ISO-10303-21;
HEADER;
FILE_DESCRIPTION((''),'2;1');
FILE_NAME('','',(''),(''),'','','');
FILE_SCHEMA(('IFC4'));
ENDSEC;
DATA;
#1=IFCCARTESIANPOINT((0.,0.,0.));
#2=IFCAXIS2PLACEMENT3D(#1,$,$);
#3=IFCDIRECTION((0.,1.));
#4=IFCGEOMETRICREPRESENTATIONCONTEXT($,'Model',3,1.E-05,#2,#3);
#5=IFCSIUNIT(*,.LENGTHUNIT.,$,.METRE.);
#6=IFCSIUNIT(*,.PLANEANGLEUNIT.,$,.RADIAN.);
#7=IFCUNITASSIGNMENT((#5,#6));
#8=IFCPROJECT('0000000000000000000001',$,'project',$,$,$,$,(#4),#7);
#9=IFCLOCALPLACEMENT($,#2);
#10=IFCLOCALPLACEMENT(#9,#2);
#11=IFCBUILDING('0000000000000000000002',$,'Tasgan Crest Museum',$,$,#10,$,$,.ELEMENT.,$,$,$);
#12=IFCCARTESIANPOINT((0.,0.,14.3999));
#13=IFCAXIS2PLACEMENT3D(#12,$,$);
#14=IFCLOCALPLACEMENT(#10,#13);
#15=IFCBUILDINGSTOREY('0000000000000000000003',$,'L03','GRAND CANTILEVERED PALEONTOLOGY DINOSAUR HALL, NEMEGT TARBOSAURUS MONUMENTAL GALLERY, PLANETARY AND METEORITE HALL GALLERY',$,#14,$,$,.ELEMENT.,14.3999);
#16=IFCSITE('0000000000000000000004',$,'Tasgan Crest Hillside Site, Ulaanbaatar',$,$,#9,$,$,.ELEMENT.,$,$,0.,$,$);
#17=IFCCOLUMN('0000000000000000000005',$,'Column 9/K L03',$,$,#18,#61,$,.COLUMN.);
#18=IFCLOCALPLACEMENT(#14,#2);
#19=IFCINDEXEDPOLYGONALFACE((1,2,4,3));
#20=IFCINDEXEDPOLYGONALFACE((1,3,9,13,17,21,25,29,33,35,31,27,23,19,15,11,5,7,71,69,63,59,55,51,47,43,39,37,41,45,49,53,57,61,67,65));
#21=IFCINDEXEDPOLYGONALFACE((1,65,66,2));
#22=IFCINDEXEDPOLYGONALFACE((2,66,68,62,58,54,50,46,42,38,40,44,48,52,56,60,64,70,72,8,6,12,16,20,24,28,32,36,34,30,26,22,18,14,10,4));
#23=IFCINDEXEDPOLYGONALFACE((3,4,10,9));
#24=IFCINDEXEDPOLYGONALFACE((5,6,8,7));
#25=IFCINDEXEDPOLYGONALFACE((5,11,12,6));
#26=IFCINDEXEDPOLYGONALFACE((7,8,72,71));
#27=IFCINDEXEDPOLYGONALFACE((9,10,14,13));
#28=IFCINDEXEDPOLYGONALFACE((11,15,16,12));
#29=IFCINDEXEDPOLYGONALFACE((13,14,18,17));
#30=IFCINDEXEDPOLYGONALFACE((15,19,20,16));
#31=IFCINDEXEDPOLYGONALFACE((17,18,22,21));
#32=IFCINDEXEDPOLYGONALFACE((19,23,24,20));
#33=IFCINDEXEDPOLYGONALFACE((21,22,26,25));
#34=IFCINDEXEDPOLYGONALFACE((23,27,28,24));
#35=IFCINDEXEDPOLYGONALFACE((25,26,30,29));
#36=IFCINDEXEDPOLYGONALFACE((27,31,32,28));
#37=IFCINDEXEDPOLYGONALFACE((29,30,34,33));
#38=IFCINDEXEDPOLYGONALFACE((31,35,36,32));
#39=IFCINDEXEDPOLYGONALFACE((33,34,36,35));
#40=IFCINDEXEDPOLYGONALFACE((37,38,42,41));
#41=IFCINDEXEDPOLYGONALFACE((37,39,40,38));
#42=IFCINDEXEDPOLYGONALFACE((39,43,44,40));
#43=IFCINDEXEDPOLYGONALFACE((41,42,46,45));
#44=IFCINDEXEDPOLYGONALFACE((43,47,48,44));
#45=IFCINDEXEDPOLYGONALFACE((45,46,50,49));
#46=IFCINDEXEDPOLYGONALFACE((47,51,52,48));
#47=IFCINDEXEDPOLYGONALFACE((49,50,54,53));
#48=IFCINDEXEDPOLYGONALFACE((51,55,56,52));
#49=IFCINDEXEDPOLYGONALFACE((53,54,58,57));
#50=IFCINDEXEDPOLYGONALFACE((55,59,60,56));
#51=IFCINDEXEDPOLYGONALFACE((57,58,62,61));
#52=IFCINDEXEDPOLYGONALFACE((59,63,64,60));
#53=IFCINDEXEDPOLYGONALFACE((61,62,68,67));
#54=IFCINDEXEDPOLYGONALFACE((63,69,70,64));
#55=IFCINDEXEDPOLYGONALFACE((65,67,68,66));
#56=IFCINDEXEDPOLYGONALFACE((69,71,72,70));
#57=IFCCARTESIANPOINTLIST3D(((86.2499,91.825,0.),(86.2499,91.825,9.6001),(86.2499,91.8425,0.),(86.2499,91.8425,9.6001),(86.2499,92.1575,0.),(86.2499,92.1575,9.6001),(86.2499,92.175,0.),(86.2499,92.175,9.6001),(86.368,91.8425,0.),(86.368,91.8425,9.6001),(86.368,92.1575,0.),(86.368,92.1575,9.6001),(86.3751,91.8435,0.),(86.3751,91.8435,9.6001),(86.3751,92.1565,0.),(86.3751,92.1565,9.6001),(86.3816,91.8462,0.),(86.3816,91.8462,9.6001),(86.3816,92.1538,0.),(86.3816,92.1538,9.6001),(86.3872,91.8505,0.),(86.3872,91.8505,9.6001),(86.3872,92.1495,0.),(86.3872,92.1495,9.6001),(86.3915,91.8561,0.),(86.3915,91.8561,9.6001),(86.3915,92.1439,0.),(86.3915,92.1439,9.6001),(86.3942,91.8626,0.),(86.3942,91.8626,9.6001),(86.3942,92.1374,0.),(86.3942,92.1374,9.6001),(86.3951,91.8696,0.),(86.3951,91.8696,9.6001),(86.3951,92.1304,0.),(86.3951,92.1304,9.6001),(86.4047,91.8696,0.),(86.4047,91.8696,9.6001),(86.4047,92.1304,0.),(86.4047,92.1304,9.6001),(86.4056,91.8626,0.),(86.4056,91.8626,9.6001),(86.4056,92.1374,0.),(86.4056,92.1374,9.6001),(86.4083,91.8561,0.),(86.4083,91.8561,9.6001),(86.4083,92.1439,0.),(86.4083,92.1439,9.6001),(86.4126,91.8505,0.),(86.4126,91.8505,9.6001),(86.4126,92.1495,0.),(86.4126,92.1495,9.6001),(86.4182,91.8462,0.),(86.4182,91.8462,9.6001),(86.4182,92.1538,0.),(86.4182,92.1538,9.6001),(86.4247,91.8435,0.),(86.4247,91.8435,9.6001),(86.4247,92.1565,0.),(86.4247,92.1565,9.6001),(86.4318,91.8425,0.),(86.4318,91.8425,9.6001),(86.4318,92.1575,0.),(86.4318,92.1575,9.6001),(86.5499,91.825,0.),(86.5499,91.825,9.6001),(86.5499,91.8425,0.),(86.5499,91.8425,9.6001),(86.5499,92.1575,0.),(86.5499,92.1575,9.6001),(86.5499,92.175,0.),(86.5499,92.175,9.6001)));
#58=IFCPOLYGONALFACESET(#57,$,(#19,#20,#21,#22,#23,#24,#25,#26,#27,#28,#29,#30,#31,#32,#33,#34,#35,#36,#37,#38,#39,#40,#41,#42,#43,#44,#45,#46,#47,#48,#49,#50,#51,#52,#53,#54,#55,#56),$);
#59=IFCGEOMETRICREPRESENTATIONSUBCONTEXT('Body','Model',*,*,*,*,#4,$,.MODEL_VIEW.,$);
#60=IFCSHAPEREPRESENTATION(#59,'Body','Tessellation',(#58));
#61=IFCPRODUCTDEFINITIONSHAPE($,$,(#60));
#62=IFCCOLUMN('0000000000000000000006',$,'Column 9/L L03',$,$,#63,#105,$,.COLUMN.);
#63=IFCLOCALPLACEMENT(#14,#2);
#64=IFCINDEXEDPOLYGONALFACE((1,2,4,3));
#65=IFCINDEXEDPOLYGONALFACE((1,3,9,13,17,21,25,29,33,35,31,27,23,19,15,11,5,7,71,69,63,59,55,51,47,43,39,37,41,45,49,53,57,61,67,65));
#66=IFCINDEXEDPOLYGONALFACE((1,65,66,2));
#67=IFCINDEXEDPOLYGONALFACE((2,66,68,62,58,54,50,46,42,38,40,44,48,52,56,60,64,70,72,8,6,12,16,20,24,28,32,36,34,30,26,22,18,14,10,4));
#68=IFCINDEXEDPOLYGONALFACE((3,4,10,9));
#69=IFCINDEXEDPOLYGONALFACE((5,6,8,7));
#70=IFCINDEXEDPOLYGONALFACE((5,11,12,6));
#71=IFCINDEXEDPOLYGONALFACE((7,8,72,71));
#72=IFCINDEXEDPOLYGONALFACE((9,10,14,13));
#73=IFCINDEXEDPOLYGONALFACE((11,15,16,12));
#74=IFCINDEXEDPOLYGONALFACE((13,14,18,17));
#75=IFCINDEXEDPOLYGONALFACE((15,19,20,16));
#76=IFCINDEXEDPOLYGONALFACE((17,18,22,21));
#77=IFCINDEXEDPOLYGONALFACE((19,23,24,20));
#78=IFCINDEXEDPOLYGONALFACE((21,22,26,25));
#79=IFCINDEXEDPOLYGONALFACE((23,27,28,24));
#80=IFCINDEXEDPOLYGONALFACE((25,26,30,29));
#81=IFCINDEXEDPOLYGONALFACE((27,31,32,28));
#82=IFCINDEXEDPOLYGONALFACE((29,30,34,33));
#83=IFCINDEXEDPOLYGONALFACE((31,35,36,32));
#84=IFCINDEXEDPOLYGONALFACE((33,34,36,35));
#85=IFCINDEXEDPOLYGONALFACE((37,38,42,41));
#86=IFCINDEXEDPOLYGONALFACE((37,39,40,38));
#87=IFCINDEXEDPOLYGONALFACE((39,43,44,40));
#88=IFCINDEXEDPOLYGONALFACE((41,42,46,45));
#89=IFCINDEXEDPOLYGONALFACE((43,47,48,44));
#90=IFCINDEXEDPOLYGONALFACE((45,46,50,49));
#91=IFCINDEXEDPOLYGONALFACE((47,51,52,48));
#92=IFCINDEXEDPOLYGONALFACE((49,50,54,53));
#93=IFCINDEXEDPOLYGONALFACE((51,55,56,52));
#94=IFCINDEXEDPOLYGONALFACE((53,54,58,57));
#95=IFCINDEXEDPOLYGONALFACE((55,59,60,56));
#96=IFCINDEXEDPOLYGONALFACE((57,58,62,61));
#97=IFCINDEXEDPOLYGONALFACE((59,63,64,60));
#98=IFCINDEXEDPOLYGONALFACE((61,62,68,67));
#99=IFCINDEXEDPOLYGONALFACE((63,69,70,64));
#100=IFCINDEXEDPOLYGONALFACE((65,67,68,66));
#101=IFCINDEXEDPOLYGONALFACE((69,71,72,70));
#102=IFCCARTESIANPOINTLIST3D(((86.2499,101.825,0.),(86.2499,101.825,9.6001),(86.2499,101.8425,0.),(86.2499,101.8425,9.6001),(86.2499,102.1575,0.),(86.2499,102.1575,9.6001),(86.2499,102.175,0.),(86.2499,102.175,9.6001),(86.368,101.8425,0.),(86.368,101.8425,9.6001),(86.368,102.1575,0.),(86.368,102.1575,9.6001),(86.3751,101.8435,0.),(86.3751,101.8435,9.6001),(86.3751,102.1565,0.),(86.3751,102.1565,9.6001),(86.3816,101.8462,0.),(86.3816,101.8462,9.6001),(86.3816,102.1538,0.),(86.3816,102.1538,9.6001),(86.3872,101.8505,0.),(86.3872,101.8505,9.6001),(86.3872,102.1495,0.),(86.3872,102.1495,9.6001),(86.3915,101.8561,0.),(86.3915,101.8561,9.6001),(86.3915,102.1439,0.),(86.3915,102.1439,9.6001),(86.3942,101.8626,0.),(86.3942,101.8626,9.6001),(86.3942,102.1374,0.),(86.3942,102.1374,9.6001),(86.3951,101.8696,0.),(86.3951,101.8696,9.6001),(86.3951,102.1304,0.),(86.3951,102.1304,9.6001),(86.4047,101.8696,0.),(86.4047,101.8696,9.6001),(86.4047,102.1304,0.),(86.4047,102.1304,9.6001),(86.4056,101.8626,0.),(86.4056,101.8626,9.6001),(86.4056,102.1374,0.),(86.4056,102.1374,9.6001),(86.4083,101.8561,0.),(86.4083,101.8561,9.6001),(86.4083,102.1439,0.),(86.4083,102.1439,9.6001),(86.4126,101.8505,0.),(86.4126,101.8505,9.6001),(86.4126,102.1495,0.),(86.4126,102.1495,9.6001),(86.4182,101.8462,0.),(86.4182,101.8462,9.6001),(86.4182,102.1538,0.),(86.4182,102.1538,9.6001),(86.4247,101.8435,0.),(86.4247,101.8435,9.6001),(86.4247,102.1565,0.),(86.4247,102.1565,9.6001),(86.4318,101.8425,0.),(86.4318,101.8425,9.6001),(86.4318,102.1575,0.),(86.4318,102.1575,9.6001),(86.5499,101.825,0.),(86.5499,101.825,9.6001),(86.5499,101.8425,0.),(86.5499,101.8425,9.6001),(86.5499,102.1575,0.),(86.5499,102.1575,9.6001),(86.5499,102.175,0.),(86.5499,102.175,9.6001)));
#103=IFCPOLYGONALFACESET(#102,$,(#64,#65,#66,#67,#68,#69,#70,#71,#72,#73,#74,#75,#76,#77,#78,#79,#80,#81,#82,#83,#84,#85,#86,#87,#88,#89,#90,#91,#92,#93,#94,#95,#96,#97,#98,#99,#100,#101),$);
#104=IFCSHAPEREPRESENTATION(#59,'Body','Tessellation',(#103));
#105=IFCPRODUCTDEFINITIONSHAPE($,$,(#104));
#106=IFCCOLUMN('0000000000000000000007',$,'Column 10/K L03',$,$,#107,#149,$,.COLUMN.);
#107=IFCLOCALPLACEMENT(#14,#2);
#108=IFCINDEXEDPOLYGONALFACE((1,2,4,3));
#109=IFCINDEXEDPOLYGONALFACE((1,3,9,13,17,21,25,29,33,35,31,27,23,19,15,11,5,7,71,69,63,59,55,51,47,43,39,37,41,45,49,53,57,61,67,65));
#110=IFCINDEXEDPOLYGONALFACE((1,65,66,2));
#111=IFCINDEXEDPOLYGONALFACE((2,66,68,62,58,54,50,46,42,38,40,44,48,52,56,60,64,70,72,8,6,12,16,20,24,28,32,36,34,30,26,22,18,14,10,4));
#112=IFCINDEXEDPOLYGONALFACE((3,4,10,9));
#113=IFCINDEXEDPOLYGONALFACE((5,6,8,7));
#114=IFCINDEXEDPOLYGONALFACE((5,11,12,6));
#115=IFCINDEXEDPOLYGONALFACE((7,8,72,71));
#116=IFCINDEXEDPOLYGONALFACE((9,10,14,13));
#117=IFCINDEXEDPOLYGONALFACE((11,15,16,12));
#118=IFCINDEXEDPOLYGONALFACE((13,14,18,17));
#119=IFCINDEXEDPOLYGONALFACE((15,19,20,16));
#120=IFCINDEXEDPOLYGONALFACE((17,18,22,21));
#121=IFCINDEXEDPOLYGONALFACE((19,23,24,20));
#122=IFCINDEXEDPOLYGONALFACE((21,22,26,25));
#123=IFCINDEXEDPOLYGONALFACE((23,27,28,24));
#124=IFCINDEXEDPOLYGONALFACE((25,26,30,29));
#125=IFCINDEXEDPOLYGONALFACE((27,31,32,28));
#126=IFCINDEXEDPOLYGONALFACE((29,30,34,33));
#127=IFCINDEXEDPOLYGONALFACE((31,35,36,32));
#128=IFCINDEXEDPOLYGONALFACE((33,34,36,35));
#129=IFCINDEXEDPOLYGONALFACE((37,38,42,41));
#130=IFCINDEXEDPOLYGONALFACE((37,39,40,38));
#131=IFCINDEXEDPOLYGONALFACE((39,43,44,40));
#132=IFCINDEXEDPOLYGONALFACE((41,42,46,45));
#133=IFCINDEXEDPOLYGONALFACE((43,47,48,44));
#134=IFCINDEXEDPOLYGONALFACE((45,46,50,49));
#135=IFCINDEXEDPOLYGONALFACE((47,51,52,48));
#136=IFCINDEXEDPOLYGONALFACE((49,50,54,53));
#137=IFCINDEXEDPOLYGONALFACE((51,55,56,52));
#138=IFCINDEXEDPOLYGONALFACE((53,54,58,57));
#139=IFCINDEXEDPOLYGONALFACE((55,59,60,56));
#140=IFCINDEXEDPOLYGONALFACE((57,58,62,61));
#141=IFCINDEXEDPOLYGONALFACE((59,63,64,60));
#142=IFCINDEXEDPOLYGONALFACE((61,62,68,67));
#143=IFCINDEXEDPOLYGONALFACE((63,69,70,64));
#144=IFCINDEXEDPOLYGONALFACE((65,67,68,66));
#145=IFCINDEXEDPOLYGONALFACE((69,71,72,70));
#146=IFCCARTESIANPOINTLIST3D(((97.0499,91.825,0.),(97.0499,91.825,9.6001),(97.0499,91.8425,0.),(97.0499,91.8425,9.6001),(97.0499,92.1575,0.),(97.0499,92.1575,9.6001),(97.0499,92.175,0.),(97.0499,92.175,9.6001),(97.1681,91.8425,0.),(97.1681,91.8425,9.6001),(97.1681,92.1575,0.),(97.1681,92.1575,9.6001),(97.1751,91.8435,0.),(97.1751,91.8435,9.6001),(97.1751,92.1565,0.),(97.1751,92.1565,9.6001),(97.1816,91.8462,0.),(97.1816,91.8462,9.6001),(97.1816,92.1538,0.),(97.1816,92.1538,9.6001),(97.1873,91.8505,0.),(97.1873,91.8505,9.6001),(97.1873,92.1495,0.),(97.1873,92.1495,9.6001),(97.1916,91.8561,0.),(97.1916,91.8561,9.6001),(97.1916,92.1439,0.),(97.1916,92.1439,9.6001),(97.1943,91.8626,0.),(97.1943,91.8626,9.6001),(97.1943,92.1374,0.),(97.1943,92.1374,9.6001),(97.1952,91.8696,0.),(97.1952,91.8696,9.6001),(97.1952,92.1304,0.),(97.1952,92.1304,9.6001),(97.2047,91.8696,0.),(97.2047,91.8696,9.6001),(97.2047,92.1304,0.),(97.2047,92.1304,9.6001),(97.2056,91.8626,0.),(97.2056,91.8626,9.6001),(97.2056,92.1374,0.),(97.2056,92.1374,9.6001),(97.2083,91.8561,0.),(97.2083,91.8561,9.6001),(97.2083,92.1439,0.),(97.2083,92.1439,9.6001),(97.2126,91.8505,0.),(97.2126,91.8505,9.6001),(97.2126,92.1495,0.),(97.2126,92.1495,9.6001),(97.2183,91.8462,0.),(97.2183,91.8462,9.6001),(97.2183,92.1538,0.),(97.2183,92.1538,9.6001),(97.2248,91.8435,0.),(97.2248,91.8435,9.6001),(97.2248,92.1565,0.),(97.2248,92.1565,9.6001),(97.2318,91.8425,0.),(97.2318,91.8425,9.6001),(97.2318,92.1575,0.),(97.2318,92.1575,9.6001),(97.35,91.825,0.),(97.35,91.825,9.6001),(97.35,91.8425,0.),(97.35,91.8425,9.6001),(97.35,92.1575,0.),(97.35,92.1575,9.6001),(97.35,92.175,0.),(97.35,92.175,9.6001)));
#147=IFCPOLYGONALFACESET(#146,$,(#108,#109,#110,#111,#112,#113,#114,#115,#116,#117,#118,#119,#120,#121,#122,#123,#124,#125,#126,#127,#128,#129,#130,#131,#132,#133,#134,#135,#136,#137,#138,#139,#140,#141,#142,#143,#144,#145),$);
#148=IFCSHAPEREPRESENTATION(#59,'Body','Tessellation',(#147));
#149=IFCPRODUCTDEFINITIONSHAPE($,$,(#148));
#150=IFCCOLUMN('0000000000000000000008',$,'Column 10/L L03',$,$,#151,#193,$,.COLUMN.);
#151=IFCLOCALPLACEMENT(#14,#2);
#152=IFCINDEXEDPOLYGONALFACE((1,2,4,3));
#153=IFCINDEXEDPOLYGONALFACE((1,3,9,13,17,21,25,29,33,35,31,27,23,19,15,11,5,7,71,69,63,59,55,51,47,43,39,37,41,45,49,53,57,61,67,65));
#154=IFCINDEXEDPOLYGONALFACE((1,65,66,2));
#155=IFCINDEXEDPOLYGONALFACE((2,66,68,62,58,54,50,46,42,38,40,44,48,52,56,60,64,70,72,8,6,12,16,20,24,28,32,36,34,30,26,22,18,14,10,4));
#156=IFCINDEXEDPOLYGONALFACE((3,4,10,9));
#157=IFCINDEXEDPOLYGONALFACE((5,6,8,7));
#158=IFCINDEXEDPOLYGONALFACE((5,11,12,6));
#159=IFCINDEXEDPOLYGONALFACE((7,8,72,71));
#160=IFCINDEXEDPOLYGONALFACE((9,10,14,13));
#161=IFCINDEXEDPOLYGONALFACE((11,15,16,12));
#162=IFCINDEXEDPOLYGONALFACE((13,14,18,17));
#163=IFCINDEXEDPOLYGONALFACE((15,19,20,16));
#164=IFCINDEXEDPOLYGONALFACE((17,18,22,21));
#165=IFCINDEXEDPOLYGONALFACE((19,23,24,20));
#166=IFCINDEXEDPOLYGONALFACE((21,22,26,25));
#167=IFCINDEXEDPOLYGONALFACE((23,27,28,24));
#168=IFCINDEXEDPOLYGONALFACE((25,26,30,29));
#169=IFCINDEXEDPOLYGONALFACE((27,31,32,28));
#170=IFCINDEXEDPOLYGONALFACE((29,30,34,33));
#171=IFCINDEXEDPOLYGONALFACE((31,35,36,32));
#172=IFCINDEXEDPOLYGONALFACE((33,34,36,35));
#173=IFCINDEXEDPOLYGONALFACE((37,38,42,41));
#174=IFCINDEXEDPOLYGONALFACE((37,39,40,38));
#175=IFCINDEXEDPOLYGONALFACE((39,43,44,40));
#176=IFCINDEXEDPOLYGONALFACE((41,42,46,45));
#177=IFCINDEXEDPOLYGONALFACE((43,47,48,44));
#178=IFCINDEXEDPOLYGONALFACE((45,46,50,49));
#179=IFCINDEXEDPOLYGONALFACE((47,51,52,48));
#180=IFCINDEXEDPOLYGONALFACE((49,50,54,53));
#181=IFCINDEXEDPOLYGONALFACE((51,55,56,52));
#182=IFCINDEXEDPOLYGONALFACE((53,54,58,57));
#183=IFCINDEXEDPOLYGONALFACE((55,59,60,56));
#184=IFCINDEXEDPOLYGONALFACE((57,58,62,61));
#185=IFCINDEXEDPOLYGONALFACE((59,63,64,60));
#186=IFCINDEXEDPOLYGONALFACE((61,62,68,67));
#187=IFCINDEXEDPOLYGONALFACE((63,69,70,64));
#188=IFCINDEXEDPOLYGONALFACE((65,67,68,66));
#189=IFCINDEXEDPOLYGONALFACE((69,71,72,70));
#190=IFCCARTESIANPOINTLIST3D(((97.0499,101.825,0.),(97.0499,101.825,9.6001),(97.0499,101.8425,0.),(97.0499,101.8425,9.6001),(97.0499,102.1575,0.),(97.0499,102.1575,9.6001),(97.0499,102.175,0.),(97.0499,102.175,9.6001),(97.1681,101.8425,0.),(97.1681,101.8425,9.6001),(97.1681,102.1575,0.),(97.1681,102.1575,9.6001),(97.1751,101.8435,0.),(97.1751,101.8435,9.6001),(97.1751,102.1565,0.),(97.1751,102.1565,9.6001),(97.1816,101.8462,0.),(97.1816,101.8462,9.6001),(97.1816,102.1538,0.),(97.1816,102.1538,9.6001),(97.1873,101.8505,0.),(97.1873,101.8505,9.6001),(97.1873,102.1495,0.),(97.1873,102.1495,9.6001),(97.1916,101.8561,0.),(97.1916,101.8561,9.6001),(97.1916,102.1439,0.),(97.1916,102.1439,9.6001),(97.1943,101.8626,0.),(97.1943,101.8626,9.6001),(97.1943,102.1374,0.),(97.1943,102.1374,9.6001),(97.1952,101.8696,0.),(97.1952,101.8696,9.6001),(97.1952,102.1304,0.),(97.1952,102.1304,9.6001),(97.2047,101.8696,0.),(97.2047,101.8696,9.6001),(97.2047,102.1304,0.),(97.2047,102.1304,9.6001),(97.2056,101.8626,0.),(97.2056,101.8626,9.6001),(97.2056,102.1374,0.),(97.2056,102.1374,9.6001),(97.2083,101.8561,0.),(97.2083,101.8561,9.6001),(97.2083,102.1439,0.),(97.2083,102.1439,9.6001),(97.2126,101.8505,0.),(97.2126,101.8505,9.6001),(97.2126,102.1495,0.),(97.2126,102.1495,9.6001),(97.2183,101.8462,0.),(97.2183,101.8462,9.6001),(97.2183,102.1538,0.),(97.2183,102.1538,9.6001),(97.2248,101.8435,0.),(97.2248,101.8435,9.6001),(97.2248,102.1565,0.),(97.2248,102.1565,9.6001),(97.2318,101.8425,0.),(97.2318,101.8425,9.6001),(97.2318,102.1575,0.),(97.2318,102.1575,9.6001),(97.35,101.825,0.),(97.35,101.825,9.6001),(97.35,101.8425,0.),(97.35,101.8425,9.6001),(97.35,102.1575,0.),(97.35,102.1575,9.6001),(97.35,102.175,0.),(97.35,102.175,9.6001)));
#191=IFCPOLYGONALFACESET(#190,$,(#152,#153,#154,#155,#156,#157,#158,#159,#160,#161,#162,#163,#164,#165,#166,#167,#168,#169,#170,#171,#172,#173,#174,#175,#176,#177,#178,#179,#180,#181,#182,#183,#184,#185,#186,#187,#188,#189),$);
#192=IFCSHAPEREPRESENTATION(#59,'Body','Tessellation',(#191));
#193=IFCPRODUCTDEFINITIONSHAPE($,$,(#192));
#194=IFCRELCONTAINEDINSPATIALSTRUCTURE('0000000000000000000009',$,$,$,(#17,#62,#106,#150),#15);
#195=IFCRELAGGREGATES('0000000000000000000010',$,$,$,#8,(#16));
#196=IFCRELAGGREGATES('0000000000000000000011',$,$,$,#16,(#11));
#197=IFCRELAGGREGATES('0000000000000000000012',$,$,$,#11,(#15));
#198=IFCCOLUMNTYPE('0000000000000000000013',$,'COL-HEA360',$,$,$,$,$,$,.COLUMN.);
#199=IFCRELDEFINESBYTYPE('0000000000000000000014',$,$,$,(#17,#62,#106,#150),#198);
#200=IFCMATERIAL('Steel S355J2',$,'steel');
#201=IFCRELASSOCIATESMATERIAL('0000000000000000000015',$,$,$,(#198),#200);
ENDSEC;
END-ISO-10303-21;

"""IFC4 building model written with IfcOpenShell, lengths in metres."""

from ifc_helpers import new_model, si_unit, direction, frame, origin, origin_2d, place, context, subcontext, project, spatial, i_section, extrude, material, material_profile, profile_set, type_object, element, save


model = new_model("IFC4")

# Units and contexts
model_context = context("Model", 3, precision=1e-05, world=origin(), true_north=direction((0.0, 1.0)))
body_context = subcontext(model_context, "Body", "Model", "MODEL_VIEW")
ifc_project = project(units=[si_unit("LENGTHUNIT", "METRE"), si_unit("PLANEANGLEUNIT", "RADIAN")], contexts=[model_context])

# Site, building, storey
site_placement = place(None, origin())
site = spatial("IfcSite", under=ifc_project, at=site_placement, Name="Tasgan Crest Hillside Site, Ulaanbaatar", CompositionType="ELEMENT", RefElevation=0.0)
building_placement = place(site_placement, origin())
building = spatial("IfcBuilding", under=site, at=building_placement, Name="Tasgan Crest Museum", CompositionType="ELEMENT")
storey_placement = place(building_placement, frame((0.0, 0.0, 14.3999)))
storey = spatial("IfcBuildingStorey", under=building, at=storey_placement, Name="L03", Description="GRAND CANTILEVERED PALEONTOLOGY DINOSAUR HALL, NEMEGT TARBOSAURUS MONUMENTAL GALLERY, PLANETARY AND METEORITE HALL GALLERY", CompositionType="ELEMENT", Elevation=14.3999)

# Columns
ifc_material_1 = material(Name="Steel S355J2", Category="steel")
ifc_material_profile_1 = material_profile(ifc_material_1, i_section(OverallWidth=0.3, OverallDepth=0.3501, WebThickness=0.0095, FlangeThickness=0.0176, FilletRadius=0.0271, at=origin_2d()), Name="HEA 360")
ifc_profile_set_1 = profile_set([ifc_material_profile_1], Name="Steel S355J2")
column_type = type_object("IfcColumnType", Name="COL-HEA360", PredefinedType="COLUMN", material=ifc_profile_set_1)
for number, where, z_axis, x_axis, name in (
    (1, (86.3999, 92.0, 0.0), (0.0, 0.0, 1.0), (1.0, 0.0, 0.0), "Column 9/K L03"),
    (2, (86.3999, 102.0, 0.0), (0.0, 0.0, 1.0), (1.0, 0.0, 0.0), "Column 9/L L03"),
    (3, (97.2, 92.0, 0.0), (0.0, 0.0, 1.0), (1.0, 0.0, 0.0), "Column 10/K L03"),
    (4, (97.2, 102.0, 0.0), (0.0, 0.0, 1.0), (1.0, 0.0, 0.0), "Column 10/L L03"),
):
    element("IfcColumn", number, at=place(storey_placement, frame(where, z_axis=z_axis, x_axis=x_axis)), inside=storey, type_object=column_type, Name=name, PredefinedType="COLUMN", context=body_context, shape_type="SweptSolid", body=[
        extrude(i_section(OverallWidth=0.3, OverallDepth=0.3501, WebThickness=0.0095, FlangeThickness=0.0176, FilletRadius=0.0271, at=origin_2d()), origin(), (0.0, 0.0, 1.0), 9.6001),
    ])

save(model, "model.ifc")
